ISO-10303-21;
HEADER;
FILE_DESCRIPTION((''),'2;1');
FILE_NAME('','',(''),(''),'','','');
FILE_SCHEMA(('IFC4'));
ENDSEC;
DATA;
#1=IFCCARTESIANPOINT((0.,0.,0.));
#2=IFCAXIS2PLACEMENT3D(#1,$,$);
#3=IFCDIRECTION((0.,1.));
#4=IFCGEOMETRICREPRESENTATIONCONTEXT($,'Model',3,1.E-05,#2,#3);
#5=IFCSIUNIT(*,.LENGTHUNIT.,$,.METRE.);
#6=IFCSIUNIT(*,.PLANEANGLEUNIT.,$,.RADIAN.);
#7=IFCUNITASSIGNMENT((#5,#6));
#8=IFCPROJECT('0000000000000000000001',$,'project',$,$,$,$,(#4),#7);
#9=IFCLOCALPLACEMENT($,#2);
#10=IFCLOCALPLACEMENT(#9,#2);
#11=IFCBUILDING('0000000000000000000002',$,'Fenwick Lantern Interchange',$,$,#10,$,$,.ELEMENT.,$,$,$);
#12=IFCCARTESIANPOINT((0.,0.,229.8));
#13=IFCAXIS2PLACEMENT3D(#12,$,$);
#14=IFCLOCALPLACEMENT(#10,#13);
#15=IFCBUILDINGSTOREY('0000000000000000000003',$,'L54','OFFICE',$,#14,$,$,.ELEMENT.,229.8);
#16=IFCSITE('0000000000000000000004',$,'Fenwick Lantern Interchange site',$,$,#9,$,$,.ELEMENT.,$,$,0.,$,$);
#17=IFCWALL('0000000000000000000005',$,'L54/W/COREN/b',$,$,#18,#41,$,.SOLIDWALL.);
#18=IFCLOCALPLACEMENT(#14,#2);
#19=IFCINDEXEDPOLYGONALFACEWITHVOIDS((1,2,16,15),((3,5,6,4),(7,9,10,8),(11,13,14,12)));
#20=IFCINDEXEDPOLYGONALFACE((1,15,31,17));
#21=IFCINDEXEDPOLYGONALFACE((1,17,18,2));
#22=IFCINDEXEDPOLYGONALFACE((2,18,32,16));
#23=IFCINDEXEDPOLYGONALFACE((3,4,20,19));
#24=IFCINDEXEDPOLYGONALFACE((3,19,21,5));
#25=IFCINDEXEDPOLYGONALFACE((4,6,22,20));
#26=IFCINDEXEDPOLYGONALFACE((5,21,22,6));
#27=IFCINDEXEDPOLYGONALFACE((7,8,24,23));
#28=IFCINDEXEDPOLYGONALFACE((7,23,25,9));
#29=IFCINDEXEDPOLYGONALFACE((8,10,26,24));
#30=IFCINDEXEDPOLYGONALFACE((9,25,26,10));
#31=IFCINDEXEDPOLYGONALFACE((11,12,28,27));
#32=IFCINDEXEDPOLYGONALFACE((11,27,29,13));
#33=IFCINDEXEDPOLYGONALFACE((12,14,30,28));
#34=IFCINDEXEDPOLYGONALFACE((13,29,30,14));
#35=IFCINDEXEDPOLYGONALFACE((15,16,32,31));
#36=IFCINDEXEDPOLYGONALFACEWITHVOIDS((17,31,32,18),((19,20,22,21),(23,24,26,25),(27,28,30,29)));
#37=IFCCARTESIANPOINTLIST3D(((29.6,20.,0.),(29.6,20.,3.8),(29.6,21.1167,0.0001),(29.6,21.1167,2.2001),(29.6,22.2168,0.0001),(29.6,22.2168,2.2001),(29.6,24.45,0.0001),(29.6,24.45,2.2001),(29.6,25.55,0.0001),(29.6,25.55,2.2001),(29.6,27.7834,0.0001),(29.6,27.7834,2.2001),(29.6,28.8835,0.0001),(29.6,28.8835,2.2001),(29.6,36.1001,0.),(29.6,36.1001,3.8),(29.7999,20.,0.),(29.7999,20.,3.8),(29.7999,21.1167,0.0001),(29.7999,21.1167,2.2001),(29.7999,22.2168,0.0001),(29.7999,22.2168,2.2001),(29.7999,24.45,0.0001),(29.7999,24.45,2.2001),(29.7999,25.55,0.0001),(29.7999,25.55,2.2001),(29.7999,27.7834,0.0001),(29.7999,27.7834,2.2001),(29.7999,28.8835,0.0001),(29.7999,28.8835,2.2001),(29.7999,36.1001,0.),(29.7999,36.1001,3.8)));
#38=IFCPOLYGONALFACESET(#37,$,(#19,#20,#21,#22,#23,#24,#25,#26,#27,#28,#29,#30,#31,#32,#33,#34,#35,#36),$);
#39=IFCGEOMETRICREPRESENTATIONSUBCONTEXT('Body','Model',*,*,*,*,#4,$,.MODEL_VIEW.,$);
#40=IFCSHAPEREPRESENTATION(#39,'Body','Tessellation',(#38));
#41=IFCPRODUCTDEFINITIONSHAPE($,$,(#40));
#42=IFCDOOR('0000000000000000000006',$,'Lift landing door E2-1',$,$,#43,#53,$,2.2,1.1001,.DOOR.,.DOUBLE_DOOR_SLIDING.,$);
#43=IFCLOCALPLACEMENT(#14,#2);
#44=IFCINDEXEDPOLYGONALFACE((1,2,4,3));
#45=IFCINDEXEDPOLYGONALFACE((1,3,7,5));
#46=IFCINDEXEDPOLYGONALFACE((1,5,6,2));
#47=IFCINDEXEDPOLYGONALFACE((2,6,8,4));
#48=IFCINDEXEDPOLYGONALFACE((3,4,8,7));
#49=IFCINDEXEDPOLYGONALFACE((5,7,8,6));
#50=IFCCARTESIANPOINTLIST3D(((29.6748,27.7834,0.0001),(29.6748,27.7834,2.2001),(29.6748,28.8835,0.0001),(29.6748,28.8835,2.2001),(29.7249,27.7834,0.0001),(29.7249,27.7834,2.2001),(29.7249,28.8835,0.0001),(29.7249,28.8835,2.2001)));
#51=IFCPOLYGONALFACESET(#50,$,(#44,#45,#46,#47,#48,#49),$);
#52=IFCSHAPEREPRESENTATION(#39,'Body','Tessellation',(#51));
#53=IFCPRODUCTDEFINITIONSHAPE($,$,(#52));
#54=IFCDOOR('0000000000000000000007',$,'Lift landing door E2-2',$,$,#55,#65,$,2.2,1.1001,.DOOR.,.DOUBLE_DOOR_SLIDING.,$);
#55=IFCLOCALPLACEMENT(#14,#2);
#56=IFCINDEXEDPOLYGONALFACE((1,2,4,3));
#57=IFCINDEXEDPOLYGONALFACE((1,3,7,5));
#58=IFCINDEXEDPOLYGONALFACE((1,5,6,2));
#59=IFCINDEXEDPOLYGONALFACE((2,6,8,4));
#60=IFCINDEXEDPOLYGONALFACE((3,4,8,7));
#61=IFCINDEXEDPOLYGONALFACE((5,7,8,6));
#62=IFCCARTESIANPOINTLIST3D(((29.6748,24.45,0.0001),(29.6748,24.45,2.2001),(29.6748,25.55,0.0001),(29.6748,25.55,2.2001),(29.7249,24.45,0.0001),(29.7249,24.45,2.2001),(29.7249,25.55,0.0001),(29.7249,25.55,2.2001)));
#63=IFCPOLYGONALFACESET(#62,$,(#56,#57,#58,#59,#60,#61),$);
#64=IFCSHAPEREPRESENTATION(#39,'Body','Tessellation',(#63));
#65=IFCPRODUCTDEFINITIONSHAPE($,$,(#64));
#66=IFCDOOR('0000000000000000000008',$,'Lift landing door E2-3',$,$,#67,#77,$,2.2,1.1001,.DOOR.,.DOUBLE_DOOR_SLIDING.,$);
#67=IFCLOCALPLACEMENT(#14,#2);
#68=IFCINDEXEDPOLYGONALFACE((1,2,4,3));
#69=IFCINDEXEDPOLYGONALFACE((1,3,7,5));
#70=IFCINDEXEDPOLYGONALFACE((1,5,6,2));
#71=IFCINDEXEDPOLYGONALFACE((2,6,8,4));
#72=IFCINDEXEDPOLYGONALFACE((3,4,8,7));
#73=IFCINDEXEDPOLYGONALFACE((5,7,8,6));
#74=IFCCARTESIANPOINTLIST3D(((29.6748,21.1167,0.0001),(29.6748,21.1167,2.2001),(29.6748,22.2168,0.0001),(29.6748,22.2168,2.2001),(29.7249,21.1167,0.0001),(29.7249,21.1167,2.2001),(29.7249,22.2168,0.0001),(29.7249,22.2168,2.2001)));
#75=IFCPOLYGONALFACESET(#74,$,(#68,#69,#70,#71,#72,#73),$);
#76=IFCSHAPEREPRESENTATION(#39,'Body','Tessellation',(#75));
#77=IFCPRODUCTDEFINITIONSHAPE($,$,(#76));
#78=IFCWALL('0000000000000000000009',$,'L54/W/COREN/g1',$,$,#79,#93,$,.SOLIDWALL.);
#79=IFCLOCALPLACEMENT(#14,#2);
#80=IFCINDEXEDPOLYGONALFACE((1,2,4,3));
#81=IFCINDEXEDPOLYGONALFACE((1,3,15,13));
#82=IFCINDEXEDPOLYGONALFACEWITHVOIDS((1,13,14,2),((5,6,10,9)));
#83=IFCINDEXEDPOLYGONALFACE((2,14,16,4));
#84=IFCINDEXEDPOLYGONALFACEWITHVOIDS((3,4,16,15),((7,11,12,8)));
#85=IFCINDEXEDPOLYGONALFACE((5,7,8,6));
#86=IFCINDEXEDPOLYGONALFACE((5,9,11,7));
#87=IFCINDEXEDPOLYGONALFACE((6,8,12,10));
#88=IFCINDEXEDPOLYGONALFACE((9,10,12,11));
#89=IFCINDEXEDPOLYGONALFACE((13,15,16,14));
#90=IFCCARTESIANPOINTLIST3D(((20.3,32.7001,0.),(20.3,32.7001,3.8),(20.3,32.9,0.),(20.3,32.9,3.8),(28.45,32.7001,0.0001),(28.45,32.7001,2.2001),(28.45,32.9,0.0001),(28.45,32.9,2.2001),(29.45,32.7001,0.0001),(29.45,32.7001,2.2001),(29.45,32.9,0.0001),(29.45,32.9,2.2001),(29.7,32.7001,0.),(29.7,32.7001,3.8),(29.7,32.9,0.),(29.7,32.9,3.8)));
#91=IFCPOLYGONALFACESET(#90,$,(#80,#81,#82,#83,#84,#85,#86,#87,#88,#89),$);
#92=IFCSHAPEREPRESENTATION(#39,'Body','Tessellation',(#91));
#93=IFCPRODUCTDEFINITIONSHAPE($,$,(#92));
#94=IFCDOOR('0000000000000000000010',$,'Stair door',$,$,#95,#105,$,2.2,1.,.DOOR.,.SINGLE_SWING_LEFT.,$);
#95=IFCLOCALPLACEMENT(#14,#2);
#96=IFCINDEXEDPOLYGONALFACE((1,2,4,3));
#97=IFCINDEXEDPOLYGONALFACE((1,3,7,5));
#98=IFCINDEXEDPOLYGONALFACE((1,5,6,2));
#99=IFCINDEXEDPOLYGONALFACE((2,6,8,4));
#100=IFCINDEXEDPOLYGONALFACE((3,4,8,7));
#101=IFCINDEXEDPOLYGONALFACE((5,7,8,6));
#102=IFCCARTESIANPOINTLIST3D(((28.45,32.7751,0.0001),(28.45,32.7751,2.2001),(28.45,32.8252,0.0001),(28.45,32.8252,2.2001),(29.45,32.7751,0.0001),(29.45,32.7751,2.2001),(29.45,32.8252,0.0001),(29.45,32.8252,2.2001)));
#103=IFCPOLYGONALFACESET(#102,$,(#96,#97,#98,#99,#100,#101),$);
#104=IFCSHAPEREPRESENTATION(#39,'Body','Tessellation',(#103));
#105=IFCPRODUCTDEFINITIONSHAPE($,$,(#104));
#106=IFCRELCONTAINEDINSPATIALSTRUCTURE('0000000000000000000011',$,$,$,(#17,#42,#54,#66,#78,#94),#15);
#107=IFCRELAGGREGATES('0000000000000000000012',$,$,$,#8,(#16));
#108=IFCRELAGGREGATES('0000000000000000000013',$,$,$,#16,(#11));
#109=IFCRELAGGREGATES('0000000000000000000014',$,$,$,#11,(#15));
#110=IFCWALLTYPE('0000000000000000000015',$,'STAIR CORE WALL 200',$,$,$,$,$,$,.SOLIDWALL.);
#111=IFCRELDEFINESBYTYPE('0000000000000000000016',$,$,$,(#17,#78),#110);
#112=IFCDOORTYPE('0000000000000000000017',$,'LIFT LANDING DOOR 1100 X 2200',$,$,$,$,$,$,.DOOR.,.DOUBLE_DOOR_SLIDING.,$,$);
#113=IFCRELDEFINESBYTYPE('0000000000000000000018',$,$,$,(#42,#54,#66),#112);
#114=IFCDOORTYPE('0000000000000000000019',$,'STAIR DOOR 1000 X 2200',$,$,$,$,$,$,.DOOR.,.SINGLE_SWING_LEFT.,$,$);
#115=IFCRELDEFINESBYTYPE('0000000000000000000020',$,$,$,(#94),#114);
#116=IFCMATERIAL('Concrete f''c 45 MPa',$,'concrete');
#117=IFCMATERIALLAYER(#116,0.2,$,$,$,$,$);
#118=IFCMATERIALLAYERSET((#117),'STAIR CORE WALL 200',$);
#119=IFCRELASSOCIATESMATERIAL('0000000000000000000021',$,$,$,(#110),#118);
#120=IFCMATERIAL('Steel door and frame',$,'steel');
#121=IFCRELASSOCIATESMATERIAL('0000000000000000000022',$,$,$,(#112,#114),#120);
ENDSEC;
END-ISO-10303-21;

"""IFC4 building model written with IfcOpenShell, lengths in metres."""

from ifc_helpers import new_model, si_unit, direction, frame, frame_2d, origin, place, context, subcontext, project, spatial, rectangle, extrude, material, layer, layer_set, type_object, element, fill, save


model = new_model("IFC4")

# Units and contexts
model_context = context("Model", 3, precision=1e-05, world=origin(), true_north=direction((0.0, 1.0)))
body_context = subcontext(model_context, "Body", "Model", "MODEL_VIEW")
ifc_project = project(units=[si_unit("LENGTHUNIT", "METRE"), si_unit("PLANEANGLEUNIT", "RADIAN")], contexts=[model_context])

# Site, building, storey
site_placement = place(None, origin())
site = spatial("IfcSite", under=ifc_project, at=site_placement, Name="Fenwick Lantern Interchange site", CompositionType="ELEMENT", RefElevation=0.0)
building_placement = place(site_placement, origin())
building = spatial("IfcBuilding", under=site, at=building_placement, Name="Fenwick Lantern Interchange", CompositionType="ELEMENT")
storey_placement = place(building_placement, frame((0.0, 0.0, 229.8)))
storey = spatial("IfcBuildingStorey", under=building, at=storey_placement, Name="L54", Description="OFFICE", CompositionType="ELEMENT", Elevation=229.8)

# Wall, openings, doors
ifc_material_1 = material(Name="Steel door and frame", Category="steel")
ifc_material_2 = material(Name="Concrete f'c 45 MPa", Category="concrete")
ifc_layer_1 = layer(ifc_material_2, 0.2)
ifc_layer_set_1 = layer_set([ifc_layer_1], Name="STAIR CORE WALL 200")
wall_type_1 = type_object("IfcWallType", Name="STAIR CORE WALL 200", PredefinedType="SOLIDWALL", material=ifc_layer_set_1)
wall_1_placement = place(storey_placement, frame((29.7, 36.1001, 0.0), z_axis=(0.0, 0.0, 1.0), x_axis=(0.0, -1.0, 0.0)))
wall_1 = element("IfcWall", 1, at=wall_1_placement, inside=storey, type_object=wall_type_1, Name="L54/W/COREN/b", PredefinedType="SOLIDWALL", context=body_context, shape_type="SweptSolid", body=[
    extrude(rectangle(XDim=16.1001, YDim=0.2, at=frame_2d((8.05, 0.0))), origin(), (0.0, 0.0, 1.0), 3.8),
])
opening_1_placement = place(wall_1_placement, frame((7.2166, 0.0, 0.0)))
opening_1 = element("IfcOpeningElement", 2, at=opening_1_placement, cuts=wall_1, PredefinedType="OPENING", context=body_context, shape_type="SweptSolid", body=[
    extrude(rectangle(XDim=1.1001, YDim=2.2, at=frame_2d((0.55, 1.1001))), frame((0.0, 0.1099, 0.0), z_axis=(0.0, -1.0, 0.0), x_axis=(1.0, 0.0, 0.0)), (0.0, 0.0, 1.0), 0.22),
])
opening_2_placement = place(wall_1_placement, frame((10.55, 0.0, 0.0)))
opening_2 = element("IfcOpeningElement", 3, at=opening_2_placement, cuts=wall_1, PredefinedType="OPENING", context=body_context, shape_type="SweptSolid", body=[
    extrude(rectangle(XDim=1.1001, YDim=2.2, at=frame_2d((0.55, 1.1001))), frame((0.0, 0.1099, 0.0), z_axis=(0.0, -1.0, 0.0), x_axis=(1.0, 0.0, 0.0)), (0.0, 0.0, 1.0), 0.22),
])
opening_3_placement = place(wall_1_placement, frame((13.8833, 0.0, 0.0)))
opening_3 = element("IfcOpeningElement", 4, at=opening_3_placement, cuts=wall_1, PredefinedType="OPENING", context=body_context, shape_type="SweptSolid", body=[
    extrude(rectangle(XDim=1.1001, YDim=2.2, at=frame_2d((0.55, 1.1001))), frame((0.0, 0.1099, 0.0), z_axis=(0.0, -1.0, 0.0), x_axis=(1.0, 0.0, 0.0)), (0.0, 0.0, 1.0), 0.22),
])
door_type_1 = type_object("IfcDoorType", Name="LIFT LANDING DOOR 1100 X 2200", OperationType="DOUBLE_DOOR_SLIDING", PredefinedType="DOOR", material=ifc_material_1)
door_1_placement = place(opening_1_placement, origin())
door_1 = element("IfcDoor", 5, at=door_1_placement, inside=storey, type_object=door_type_1, Name="Lift landing door E2-1", OperationType="DOUBLE_DOOR_SLIDING", OverallHeight=2.2, OverallWidth=1.1001, PredefinedType="DOOR", context=body_context, shape_type="SweptSolid", body=[
    extrude(rectangle(XDim=1.1001, YDim=2.2, at=frame_2d((0.55, 1.1001))), frame((0.0, 0.0249, 0.0), z_axis=(0.0, -1.0, 0.0), x_axis=(1.0, 0.0, 0.0)), (0.0, 0.0, 1.0), 0.05),
])
fill(opening_1, door_1)
door_2_placement = place(opening_2_placement, origin())
door_2 = element("IfcDoor", 6, at=door_2_placement, inside=storey, type_object=door_type_1, Name="Lift landing door E2-2", OperationType="DOUBLE_DOOR_SLIDING", OverallHeight=2.2, OverallWidth=1.1001, PredefinedType="DOOR", context=body_context, shape_type="SweptSolid", body=[
    extrude(rectangle(XDim=1.1001, YDim=2.2, at=frame_2d((0.55, 1.1001))), frame((0.0, 0.0249, 0.0), z_axis=(0.0, -1.0, 0.0), x_axis=(1.0, 0.0, 0.0)), (0.0, 0.0, 1.0), 0.05),
])
fill(opening_2, door_2)
door_3_placement = place(opening_3_placement, origin())
door_3 = element("IfcDoor", 7, at=door_3_placement, inside=storey, type_object=door_type_1, Name="Lift landing door E2-3", OperationType="DOUBLE_DOOR_SLIDING", OverallHeight=2.2, OverallWidth=1.1001, PredefinedType="DOOR", context=body_context, shape_type="SweptSolid", body=[
    extrude(rectangle(XDim=1.1001, YDim=2.2, at=frame_2d((0.55, 1.1001))), frame((0.0, 0.0249, 0.0), z_axis=(0.0, -1.0, 0.0), x_axis=(1.0, 0.0, 0.0)), (0.0, 0.0, 1.0), 0.05),
])
fill(opening_3, door_3)

# Wall, opening, door
wall_2_placement = place(storey_placement, frame((29.7, 32.8, 0.0), z_axis=(0.0, 0.0, 1.0), x_axis=(-1.0, 0.0, 0.0)))
wall_2 = element("IfcWall", 8, at=wall_2_placement, inside=storey, type_object=wall_type_1, Name="L54/W/COREN/g1", PredefinedType="SOLIDWALL", context=body_context, shape_type="SweptSolid", body=[
    extrude(rectangle(XDim=9.3999, YDim=0.2, at=frame_2d((4.7, 0.0))), origin(), (0.0, 0.0, 1.0), 3.8),
])
opening_4_placement = place(wall_2_placement, frame((0.25, 0.0, 0.0)))
opening_4 = element("IfcOpeningElement", 9, at=opening_4_placement, cuts=wall_2, PredefinedType="OPENING", context=body_context, shape_type="SweptSolid", body=[
    extrude(rectangle(XDim=1.0, YDim=2.2, at=frame_2d((0.5, 1.1001))), frame((0.0, 0.1099, 0.0), z_axis=(0.0, -1.0, 0.0), x_axis=(1.0, 0.0, 0.0)), (0.0, 0.0, 1.0), 0.22),
])
door_type_2 = type_object("IfcDoorType", Name="STAIR DOOR 1000 X 2200", OperationType="SINGLE_SWING_LEFT", PredefinedType="DOOR", material=ifc_material_1)
door_4_placement = place(opening_4_placement, origin())
door_4 = element("IfcDoor", 10, at=door_4_placement, inside=storey, type_object=door_type_2, Name="Stair door", OperationType="SINGLE_SWING_LEFT", OverallHeight=2.2, OverallWidth=1.0, PredefinedType="DOOR", context=body_context, shape_type="SweptSolid", body=[
    extrude(rectangle(XDim=1.0, YDim=2.2, at=frame_2d((0.5, 1.1001))), frame((0.0, 0.0249, 0.0), z_axis=(0.0, -1.0, 0.0), x_axis=(1.0, 0.0, 0.0)), (0.0, 0.0, 1.0), 0.05),
])
fill(opening_4, door_4)

save(model, "model.ifc")
